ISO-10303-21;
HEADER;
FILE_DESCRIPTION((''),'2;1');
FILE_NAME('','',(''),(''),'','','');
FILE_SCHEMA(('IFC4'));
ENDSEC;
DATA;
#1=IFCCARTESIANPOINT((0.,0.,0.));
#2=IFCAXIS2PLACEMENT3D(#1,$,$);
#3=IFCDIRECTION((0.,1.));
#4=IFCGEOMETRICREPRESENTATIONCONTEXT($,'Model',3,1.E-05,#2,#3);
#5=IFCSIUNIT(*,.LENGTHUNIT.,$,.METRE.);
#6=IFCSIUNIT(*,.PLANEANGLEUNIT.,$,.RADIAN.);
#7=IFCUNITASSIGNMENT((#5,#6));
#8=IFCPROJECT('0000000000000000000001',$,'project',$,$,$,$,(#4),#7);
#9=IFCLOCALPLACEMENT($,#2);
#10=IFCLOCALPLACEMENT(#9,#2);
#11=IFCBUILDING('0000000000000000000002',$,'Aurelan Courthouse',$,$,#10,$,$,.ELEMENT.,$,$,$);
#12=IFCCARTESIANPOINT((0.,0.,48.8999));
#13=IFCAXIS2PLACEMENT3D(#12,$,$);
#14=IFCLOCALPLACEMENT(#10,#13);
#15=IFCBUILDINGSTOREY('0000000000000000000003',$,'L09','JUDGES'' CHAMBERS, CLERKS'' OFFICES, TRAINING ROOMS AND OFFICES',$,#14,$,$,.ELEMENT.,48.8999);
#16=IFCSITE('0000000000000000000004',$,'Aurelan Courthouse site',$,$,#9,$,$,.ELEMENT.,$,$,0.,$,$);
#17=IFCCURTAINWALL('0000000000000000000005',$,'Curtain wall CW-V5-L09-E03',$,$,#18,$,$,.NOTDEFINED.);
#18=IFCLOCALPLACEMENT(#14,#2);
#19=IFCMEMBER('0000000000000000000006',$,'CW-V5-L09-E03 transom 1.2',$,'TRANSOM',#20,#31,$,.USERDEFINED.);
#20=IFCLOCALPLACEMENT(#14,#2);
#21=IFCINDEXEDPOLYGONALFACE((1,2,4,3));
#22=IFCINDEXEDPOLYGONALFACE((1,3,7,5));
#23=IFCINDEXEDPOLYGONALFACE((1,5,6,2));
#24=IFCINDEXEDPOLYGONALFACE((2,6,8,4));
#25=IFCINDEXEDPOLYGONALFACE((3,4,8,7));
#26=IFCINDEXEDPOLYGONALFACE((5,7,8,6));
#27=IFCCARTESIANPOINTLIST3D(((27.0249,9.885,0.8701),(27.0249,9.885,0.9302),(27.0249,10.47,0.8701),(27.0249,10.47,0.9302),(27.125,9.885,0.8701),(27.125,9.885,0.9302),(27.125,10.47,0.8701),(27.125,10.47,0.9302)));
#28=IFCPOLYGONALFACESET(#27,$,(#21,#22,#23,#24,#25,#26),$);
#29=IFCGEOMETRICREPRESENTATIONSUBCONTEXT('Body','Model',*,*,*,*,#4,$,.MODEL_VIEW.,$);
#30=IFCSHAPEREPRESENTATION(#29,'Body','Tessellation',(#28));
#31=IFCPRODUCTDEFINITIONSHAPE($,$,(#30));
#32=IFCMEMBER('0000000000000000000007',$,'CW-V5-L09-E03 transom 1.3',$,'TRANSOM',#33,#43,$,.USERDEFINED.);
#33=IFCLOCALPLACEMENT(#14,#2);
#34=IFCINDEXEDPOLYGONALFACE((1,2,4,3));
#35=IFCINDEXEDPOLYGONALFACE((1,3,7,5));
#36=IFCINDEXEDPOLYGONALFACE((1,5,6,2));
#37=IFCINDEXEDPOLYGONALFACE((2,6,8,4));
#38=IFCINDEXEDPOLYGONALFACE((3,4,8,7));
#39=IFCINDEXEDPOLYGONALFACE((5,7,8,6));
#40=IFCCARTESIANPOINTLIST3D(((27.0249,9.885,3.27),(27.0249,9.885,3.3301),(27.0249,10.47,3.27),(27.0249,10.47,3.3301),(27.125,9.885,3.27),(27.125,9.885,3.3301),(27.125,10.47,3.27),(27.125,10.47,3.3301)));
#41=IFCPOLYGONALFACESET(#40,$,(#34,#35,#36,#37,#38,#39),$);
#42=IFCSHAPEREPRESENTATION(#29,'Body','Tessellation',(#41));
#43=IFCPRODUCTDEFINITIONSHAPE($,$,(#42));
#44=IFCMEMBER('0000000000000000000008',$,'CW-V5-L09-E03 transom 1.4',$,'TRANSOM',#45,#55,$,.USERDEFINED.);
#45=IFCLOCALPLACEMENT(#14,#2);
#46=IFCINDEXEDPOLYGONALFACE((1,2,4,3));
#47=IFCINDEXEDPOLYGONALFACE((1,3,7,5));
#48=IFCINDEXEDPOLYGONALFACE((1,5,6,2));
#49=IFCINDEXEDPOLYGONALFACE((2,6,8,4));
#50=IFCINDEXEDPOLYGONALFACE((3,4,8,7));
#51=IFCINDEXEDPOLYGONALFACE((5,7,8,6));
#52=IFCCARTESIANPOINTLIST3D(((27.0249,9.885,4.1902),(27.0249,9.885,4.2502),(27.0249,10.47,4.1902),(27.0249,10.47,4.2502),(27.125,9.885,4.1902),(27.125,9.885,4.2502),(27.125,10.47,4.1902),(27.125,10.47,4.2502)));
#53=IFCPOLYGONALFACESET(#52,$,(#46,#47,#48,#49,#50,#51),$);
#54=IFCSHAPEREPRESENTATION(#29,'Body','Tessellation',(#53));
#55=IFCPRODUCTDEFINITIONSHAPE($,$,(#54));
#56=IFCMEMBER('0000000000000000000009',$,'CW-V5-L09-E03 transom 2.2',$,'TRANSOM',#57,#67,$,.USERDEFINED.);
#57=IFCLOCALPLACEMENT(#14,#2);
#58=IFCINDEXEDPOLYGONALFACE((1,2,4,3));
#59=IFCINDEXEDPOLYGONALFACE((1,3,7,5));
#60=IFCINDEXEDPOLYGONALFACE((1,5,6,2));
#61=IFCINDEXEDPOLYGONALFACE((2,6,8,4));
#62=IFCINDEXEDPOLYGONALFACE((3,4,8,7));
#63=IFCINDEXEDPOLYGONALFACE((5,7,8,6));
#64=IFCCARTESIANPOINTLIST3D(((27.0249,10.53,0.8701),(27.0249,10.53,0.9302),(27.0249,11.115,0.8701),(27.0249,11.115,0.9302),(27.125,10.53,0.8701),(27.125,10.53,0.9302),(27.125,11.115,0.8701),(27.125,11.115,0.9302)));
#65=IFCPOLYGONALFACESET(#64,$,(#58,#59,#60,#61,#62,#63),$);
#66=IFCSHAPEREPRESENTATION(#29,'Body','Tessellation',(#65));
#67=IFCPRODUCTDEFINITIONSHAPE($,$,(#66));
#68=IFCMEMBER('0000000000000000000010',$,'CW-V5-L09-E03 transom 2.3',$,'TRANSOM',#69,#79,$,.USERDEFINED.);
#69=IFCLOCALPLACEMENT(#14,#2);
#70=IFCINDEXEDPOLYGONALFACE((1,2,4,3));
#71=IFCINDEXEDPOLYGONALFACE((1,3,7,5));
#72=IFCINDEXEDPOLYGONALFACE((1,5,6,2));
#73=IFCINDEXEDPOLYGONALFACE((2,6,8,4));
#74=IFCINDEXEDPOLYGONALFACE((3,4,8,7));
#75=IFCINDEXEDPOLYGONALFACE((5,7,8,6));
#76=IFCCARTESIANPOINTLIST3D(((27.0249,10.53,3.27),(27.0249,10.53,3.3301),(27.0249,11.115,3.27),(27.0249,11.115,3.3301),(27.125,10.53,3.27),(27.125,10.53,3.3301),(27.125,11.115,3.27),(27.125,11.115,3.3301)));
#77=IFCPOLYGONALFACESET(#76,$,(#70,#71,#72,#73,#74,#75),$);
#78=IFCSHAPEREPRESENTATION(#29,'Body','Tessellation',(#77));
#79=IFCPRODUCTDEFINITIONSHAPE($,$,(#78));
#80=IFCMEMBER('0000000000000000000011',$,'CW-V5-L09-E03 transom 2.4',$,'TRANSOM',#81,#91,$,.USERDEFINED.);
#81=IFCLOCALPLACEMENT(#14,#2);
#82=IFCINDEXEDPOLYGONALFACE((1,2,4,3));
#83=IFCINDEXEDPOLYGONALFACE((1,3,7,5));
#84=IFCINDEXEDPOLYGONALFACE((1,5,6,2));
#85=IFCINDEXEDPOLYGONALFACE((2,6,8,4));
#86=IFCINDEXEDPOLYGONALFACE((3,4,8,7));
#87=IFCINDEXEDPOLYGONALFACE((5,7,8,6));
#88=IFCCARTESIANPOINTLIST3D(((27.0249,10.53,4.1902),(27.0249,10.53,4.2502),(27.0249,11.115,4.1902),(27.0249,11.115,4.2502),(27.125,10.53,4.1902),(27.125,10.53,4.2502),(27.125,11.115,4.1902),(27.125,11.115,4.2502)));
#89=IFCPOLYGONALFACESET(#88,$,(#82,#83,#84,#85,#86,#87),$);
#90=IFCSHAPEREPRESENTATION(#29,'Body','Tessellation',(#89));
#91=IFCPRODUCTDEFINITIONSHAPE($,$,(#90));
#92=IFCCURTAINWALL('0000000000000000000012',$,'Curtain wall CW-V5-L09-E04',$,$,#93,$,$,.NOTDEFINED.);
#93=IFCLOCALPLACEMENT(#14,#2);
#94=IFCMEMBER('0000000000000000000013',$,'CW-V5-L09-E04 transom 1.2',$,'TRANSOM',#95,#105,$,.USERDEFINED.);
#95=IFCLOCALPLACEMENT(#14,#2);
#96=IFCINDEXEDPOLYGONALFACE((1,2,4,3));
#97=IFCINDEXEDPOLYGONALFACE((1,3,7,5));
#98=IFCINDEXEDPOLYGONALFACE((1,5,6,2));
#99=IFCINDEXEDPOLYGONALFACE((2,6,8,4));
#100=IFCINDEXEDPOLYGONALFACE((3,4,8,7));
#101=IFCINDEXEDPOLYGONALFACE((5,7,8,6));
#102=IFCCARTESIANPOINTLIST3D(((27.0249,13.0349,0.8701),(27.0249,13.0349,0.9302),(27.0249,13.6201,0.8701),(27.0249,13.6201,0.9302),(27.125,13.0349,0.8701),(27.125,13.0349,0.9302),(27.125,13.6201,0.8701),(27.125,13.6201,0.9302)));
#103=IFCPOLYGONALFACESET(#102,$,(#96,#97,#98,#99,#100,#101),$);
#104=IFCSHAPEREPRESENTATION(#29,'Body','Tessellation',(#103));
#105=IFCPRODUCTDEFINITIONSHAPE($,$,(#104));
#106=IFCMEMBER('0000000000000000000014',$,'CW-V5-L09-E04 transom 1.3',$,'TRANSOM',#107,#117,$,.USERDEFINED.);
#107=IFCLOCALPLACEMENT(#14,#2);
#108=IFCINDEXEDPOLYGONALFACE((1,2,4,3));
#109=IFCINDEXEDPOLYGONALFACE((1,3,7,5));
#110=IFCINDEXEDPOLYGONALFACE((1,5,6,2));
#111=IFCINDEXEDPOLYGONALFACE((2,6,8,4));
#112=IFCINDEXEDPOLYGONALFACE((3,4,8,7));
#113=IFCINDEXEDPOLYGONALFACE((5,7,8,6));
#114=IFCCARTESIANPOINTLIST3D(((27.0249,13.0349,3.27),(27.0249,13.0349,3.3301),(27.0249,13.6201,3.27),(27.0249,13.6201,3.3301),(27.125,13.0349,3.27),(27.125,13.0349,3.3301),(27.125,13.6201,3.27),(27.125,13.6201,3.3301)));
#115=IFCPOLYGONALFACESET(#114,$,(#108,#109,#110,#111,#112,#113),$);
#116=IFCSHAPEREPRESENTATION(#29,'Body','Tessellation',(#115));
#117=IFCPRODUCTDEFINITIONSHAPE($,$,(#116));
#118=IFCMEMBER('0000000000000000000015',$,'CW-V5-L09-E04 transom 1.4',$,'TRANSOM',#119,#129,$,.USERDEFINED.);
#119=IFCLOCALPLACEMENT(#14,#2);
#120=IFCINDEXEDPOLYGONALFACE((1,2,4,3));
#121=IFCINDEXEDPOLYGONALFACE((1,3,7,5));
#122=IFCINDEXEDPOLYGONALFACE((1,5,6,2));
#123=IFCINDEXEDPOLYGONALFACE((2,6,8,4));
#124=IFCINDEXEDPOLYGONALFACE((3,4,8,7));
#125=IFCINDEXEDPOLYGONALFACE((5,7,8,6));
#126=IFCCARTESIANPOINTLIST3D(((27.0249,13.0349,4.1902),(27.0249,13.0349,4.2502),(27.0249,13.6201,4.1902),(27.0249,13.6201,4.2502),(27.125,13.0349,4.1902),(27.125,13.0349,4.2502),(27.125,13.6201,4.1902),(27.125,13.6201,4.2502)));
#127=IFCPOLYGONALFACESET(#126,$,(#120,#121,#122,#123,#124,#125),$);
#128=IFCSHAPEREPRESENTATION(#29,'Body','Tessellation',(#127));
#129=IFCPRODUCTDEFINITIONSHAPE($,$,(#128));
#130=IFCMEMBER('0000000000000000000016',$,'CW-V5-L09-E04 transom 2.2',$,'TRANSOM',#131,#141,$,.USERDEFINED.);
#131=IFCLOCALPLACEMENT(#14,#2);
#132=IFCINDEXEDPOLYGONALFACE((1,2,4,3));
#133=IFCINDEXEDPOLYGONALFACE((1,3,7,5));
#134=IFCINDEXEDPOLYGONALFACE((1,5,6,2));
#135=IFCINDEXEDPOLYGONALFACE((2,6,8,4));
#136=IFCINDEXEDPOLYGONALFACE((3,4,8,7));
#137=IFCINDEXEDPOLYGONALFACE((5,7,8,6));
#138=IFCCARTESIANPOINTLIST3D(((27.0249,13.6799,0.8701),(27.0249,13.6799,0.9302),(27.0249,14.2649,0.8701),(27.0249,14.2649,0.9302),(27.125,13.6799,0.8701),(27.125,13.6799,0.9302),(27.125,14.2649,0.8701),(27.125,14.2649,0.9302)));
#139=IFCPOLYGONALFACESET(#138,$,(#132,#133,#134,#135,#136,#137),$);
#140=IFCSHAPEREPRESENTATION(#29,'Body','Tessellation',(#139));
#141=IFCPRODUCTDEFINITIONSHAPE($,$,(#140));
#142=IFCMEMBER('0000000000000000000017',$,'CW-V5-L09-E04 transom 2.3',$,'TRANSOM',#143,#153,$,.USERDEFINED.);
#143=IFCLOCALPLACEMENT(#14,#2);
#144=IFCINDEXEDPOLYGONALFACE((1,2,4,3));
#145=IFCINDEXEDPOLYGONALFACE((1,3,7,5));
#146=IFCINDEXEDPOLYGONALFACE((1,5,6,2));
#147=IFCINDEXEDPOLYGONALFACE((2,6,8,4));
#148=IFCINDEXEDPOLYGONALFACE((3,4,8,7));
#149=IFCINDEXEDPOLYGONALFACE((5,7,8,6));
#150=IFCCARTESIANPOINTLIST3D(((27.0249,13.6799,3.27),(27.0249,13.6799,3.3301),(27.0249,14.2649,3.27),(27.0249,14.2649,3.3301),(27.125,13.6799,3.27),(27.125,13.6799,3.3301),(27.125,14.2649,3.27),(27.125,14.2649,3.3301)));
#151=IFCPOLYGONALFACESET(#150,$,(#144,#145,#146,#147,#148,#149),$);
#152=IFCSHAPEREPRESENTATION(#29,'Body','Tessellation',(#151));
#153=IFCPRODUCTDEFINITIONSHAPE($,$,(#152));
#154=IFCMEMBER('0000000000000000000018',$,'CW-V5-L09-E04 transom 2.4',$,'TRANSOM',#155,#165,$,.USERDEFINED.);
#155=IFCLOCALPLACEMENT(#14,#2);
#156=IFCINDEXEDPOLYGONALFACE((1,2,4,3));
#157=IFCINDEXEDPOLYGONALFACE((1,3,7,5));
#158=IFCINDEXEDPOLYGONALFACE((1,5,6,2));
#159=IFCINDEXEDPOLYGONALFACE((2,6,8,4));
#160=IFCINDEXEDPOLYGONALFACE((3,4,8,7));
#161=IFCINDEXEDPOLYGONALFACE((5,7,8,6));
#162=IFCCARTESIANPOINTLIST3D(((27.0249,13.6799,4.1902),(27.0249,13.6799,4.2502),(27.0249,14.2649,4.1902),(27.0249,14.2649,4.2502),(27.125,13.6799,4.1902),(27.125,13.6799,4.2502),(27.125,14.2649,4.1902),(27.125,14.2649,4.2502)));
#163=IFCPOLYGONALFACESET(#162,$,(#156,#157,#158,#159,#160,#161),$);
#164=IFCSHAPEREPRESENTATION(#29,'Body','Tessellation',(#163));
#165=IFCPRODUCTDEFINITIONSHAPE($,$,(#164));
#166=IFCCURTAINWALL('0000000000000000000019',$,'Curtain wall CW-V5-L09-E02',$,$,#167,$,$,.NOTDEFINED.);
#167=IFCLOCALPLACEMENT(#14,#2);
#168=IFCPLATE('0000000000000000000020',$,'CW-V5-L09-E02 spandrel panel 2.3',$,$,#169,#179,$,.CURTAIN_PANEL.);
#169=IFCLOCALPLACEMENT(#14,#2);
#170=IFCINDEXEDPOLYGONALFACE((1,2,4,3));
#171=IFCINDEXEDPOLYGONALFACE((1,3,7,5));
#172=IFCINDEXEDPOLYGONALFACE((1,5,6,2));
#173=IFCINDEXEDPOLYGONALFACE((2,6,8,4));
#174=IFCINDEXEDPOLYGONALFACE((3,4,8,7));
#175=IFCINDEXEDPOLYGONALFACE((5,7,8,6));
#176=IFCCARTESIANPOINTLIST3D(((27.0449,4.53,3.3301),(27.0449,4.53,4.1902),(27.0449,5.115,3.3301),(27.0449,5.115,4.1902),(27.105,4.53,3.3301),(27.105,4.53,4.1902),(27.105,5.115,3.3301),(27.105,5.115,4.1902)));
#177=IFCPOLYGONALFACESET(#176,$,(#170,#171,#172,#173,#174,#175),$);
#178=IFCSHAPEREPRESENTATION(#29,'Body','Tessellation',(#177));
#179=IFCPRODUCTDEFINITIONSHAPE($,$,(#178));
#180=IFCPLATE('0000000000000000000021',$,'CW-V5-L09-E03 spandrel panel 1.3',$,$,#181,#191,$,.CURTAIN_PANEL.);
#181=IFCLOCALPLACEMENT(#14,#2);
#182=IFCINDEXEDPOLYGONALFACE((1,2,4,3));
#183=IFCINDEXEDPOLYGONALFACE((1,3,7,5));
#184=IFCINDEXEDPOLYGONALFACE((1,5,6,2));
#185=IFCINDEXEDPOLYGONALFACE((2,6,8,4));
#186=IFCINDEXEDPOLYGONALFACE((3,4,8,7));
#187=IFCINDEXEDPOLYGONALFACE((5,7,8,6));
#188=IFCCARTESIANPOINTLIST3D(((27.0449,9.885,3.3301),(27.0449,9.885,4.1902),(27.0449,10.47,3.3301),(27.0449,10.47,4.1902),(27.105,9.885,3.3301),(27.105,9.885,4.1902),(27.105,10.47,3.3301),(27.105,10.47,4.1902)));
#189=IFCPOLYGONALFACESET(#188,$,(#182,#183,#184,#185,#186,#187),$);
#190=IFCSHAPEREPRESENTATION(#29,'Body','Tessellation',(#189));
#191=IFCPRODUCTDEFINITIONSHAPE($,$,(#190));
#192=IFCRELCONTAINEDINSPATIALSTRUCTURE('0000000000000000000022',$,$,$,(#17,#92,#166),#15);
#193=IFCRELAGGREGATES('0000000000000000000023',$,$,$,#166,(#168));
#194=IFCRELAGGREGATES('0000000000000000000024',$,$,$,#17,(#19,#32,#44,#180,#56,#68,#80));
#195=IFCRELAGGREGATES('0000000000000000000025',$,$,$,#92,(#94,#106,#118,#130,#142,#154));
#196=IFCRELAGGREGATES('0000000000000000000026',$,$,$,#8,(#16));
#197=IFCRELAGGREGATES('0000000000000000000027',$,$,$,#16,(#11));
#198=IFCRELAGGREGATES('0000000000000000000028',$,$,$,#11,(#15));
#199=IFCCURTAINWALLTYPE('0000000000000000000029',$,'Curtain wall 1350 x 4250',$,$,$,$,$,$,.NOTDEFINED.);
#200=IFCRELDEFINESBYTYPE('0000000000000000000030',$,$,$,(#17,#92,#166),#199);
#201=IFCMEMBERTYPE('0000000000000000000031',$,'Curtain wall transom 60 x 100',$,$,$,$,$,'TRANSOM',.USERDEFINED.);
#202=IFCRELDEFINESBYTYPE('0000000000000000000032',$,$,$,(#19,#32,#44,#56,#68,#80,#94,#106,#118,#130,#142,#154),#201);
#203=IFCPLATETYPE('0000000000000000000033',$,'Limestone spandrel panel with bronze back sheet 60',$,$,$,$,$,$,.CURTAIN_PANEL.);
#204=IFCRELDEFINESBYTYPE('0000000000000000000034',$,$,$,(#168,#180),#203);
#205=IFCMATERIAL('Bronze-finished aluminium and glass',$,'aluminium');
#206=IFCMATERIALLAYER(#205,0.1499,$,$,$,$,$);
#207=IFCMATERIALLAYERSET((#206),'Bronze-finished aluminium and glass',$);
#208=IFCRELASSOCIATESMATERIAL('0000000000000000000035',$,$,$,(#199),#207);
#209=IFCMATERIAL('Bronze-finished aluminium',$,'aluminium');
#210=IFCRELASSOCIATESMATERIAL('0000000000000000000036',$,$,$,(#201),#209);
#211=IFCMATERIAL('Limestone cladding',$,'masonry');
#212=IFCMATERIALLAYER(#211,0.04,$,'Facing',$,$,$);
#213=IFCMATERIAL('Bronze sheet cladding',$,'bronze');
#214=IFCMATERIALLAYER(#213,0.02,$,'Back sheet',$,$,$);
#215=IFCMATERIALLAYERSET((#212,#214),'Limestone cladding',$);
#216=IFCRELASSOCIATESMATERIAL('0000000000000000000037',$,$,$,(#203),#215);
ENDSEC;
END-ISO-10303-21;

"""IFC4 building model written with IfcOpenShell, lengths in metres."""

from ifc_helpers import new_model, si_unit, direction, frame, origin, origin_2d, place, context, subcontext, project, spatial, rectangle, extrude, material, layer, layer_set, material_profile, profile_set, type_object, element, aggregate, save


model = new_model("IFC4")

# Units and contexts
model_context = context("Model", 3, precision=1e-05, world=origin(), true_north=direction((0.0, 1.0)))
body_context = subcontext(model_context, "Body", "Model", "MODEL_VIEW")
ifc_project = project(units=[si_unit("LENGTHUNIT", "METRE"), si_unit("PLANEANGLEUNIT", "RADIAN")], contexts=[model_context])

# Site, building, storey
site_placement = place(None, origin())
site = spatial("IfcSite", under=ifc_project, at=site_placement, Name="Aurelan Courthouse site", CompositionType="ELEMENT", RefElevation=0.0)
building_placement = place(site_placement, origin())
building = spatial("IfcBuilding", under=site, at=building_placement, Name="Aurelan Courthouse", CompositionType="ELEMENT")
storey_placement = place(building_placement, frame((0.0, 0.0, 48.8999)))
storey = spatial("IfcBuildingStorey", under=building, at=storey_placement, Name="L09", Description="JUDGES' CHAMBERS, CLERKS' OFFICES, TRAINING ROOMS AND OFFICES", CompositionType="ELEMENT", Elevation=48.8999)

# Curtain walls, members
ifc_material_1 = material(Name="Bronze-finished aluminium and glass", Category="aluminium")
ifc_layer_1 = layer(ifc_material_1, 0.1499)
ifc_layer_set_1 = layer_set([ifc_layer_1], Name="Bronze-finished aluminium and glass")
curtain_wall_type = type_object("IfcCurtainWallType", Name="Curtain wall 1350 x 4250", PredefinedType="NOTDEFINED", material=ifc_layer_set_1)
curtain_wall_1_placement = place(storey_placement, origin())
curtain_wall_1 = element("IfcCurtainWall", 1, at=curtain_wall_1_placement, inside=storey, type_object=curtain_wall_type, Name="Curtain wall CW-V5-L09-E03", PredefinedType="NOTDEFINED")
ifc_material_2 = material(Name="Bronze-finished aluminium", Category="aluminium")
ifc_material_profile = material_profile(ifc_material_2, rectangle(XDim=0.1001, YDim=0.0601, at=origin_2d()), Name="Bronze transom 60 x 100")
ifc_profile_set = profile_set([ifc_material_profile], Name="Bronze-finished aluminium")
member_type = type_object("IfcMemberType", Name="Curtain wall transom 60 x 100", ElementType="TRANSOM", PredefinedType="USERDEFINED", material=ifc_profile_set)
member_1_placement = place(storey_placement, frame((27.075, 9.885, 0.9001), z_axis=(0.0, 1.0, 0.0), x_axis=(-1.0, 0.0, 0.0)))
member_1 = element("IfcMember", 2, at=member_1_placement, type_object=member_type, Name="CW-V5-L09-E03 transom 1.2", ObjectType="TRANSOM", PredefinedType="USERDEFINED", context=body_context, shape_type="SweptSolid", body=[
    extrude(rectangle(XDim=0.1001, YDim=0.0601, at=origin_2d()), origin(), (0.0, 0.0, 1.0), 0.585),
])
member_2_placement = place(storey_placement, frame((27.075, 9.885, 3.3), z_axis=(0.0, 1.0, 0.0), x_axis=(-1.0, 0.0, 0.0)))
member_2 = element("IfcMember", 3, at=member_2_placement, type_object=member_type, Name="CW-V5-L09-E03 transom 1.3", ObjectType="TRANSOM", PredefinedType="USERDEFINED", context=body_context, shape_type="SweptSolid", body=[
    extrude(rectangle(XDim=0.1001, YDim=0.0601, at=origin_2d()), origin(), (0.0, 0.0, 1.0), 0.585),
])
member_3_placement = place(storey_placement, frame((27.075, 9.885, 4.2202), z_axis=(0.0, 1.0, 0.0), x_axis=(-1.0, 0.0, 0.0)))
member_3 = element("IfcMember", 4, at=member_3_placement, type_object=member_type, Name="CW-V5-L09-E03 transom 1.4", ObjectType="TRANSOM", PredefinedType="USERDEFINED", context=body_context, shape_type="SweptSolid", body=[
    extrude(rectangle(XDim=0.1001, YDim=0.0601, at=origin_2d()), origin(), (0.0, 0.0, 1.0), 0.585),
])
member_4_placement = place(storey_placement, frame((27.075, 10.53, 0.9001), z_axis=(0.0, 1.0, 0.0), x_axis=(-1.0, 0.0, 0.0)))
member_4 = element("IfcMember", 5, at=member_4_placement, type_object=member_type, Name="CW-V5-L09-E03 transom 2.2", ObjectType="TRANSOM", PredefinedType="USERDEFINED", context=body_context, shape_type="SweptSolid", body=[
    extrude(rectangle(XDim=0.1001, YDim=0.0601, at=origin_2d()), origin(), (0.0, 0.0, 1.0), 0.585),
])
member_5_placement = place(storey_placement, frame((27.075, 10.53, 3.3), z_axis=(0.0, 1.0, 0.0), x_axis=(-1.0, 0.0, 0.0)))
member_5 = element("IfcMember", 6, at=member_5_placement, type_object=member_type, Name="CW-V5-L09-E03 transom 2.3", ObjectType="TRANSOM", PredefinedType="USERDEFINED", context=body_context, shape_type="SweptSolid", body=[
    extrude(rectangle(XDim=0.1001, YDim=0.0601, at=origin_2d()), origin(), (0.0, 0.0, 1.0), 0.585),
])
member_6_placement = place(storey_placement, frame((27.075, 10.53, 4.2202), z_axis=(0.0, 1.0, 0.0), x_axis=(-1.0, 0.0, 0.0)))
member_6 = element("IfcMember", 7, at=member_6_placement, type_object=member_type, Name="CW-V5-L09-E03 transom 2.4", ObjectType="TRANSOM", PredefinedType="USERDEFINED", context=body_context, shape_type="SweptSolid", body=[
    extrude(rectangle(XDim=0.1001, YDim=0.0601, at=origin_2d()), origin(), (0.0, 0.0, 1.0), 0.585),
])
curtain_wall_2_placement = place(storey_placement, origin())
curtain_wall_2 = element("IfcCurtainWall", 8, at=curtain_wall_2_placement, inside=storey, type_object=curtain_wall_type, Name="Curtain wall CW-V5-L09-E04", PredefinedType="NOTDEFINED")
member_7_placement = place(storey_placement, frame((27.075, 13.0349, 0.9001), z_axis=(0.0, 1.0, 0.0), x_axis=(-1.0, 0.0, 0.0)))
member_7 = element("IfcMember", 9, at=member_7_placement, type_object=member_type, Name="CW-V5-L09-E04 transom 1.2", ObjectType="TRANSOM", PredefinedType="USERDEFINED", context=body_context, shape_type="SweptSolid", body=[
    extrude(rectangle(XDim=0.1001, YDim=0.0601, at=origin_2d()), origin(), (0.0, 0.0, 1.0), 0.5852),
])
member_8_placement = place(storey_placement, frame((27.075, 13.0349, 3.3), z_axis=(0.0, 1.0, 0.0), x_axis=(-1.0, 0.0, 0.0)))
member_8 = element("IfcMember", 10, at=member_8_placement, type_object=member_type, Name="CW-V5-L09-E04 transom 1.3", ObjectType="TRANSOM", PredefinedType="USERDEFINED", context=body_context, shape_type="SweptSolid", body=[
    extrude(rectangle(XDim=0.1001, YDim=0.0601, at=origin_2d()), origin(), (0.0, 0.0, 1.0), 0.5852),
])
member_9_placement = place(storey_placement, frame((27.075, 13.0349, 4.2202), z_axis=(0.0, 1.0, 0.0), x_axis=(-1.0, 0.0, 0.0)))
member_9 = element("IfcMember", 11, at=member_9_placement, type_object=member_type, Name="CW-V5-L09-E04 transom 1.4", ObjectType="TRANSOM", PredefinedType="USERDEFINED", context=body_context, shape_type="SweptSolid", body=[
    extrude(rectangle(XDim=0.1001, YDim=0.0601, at=origin_2d()), origin(), (0.0, 0.0, 1.0), 0.5852),
])
member_10_placement = place(storey_placement, frame((27.075, 13.6799, 0.9001), z_axis=(0.0, 1.0, 0.0), x_axis=(-1.0, 0.0, 0.0)))
member_10 = element("IfcMember", 12, at=member_10_placement, type_object=member_type, Name="CW-V5-L09-E04 transom 2.2", ObjectType="TRANSOM", PredefinedType="USERDEFINED", context=body_context, shape_type="SweptSolid", body=[
    extrude(rectangle(XDim=0.1001, YDim=0.0601, at=origin_2d()), origin(), (0.0, 0.0, 1.0), 0.585),
])
member_11_placement = place(storey_placement, frame((27.075, 13.6799, 3.3), z_axis=(0.0, 1.0, 0.0), x_axis=(-1.0, 0.0, 0.0)))
member_11 = element("IfcMember", 13, at=member_11_placement, type_object=member_type, Name="CW-V5-L09-E04 transom 2.3", ObjectType="TRANSOM", PredefinedType="USERDEFINED", context=body_context, shape_type="SweptSolid", body=[
    extrude(rectangle(XDim=0.1001, YDim=0.0601, at=origin_2d()), origin(), (0.0, 0.0, 1.0), 0.585),
])
member_12_placement = place(storey_placement, frame((27.075, 13.6799, 4.2202), z_axis=(0.0, 1.0, 0.0), x_axis=(-1.0, 0.0, 0.0)))
member_12 = element("IfcMember", 14, at=member_12_placement, type_object=member_type, Name="CW-V5-L09-E04 transom 2.4", ObjectType="TRANSOM", PredefinedType="USERDEFINED", context=body_context, shape_type="SweptSolid", body=[
    extrude(rectangle(XDim=0.1001, YDim=0.0601, at=origin_2d()), origin(), (0.0, 0.0, 1.0), 0.585),
])

# Curtain wall, plate
curtain_wall_3_placement = place(storey_placement, origin())
curtain_wall_3 = element("IfcCurtainWall", 15, at=curtain_wall_3_placement, inside=storey, type_object=curtain_wall_type, Name="Curtain wall CW-V5-L09-E02", PredefinedType="NOTDEFINED")
ifc_material_3 = material(Name="Limestone cladding", Category="masonry")
ifc_layer_2 = layer(ifc_material_3, 0.04, Name="Facing")
ifc_material_4 = material(Name="Bronze sheet cladding", Category="bronze")
ifc_layer_3 = layer(ifc_material_4, 0.02, Name="Back sheet")
ifc_layer_set_2 = layer_set([ifc_layer_2, ifc_layer_3], Name="Limestone cladding")
plate_type_1 = type_object("IfcPlateType", Name="Limestone spandrel panel with bronze back sheet 60", PredefinedType="CURTAIN_PANEL", material=ifc_layer_set_2)
plate_1_placement = place(storey_placement, frame((27.075, 4.8225, 3.3301), z_axis=(0.0, 0.0, 1.0), x_axis=(0.0, 1.0, 0.0)))
plate_1 = element("IfcPlate", 16, at=plate_1_placement, type_object=plate_type_1, Name="CW-V5-L09-E02 spandrel panel 2.3", PredefinedType="CURTAIN_PANEL", context=body_context, shape_type="SweptSolid", body=[
    extrude(rectangle(XDim=0.585, YDim=0.0601, at=origin_2d()), origin(), (0.0, 0.0, 1.0), 0.8601),
])

# Plate
plate_2_placement = place(storey_placement, frame((27.075, 10.1775, 3.3301), z_axis=(0.0, 0.0, 1.0), x_axis=(0.0, 1.0, 0.0)))
plate_2 = element("IfcPlate", 17, at=plate_2_placement, type_object=plate_type_1, Name="CW-V5-L09-E03 spandrel panel 1.3", PredefinedType="CURTAIN_PANEL", context=body_context, shape_type="SweptSolid", body=[
    extrude(rectangle(XDim=0.585, YDim=0.0601, at=origin_2d()), origin(), (0.0, 0.0, 1.0), 0.8601),
])
aggregate(curtain_wall_3, [plate_1])
aggregate(curtain_wall_1, [member_1, member_2, member_3, plate_2, member_4, member_5, member_6])
aggregate(curtain_wall_2, [member_7, member_8, member_9, member_10, member_11, member_12])

save(model, "model.ifc")
